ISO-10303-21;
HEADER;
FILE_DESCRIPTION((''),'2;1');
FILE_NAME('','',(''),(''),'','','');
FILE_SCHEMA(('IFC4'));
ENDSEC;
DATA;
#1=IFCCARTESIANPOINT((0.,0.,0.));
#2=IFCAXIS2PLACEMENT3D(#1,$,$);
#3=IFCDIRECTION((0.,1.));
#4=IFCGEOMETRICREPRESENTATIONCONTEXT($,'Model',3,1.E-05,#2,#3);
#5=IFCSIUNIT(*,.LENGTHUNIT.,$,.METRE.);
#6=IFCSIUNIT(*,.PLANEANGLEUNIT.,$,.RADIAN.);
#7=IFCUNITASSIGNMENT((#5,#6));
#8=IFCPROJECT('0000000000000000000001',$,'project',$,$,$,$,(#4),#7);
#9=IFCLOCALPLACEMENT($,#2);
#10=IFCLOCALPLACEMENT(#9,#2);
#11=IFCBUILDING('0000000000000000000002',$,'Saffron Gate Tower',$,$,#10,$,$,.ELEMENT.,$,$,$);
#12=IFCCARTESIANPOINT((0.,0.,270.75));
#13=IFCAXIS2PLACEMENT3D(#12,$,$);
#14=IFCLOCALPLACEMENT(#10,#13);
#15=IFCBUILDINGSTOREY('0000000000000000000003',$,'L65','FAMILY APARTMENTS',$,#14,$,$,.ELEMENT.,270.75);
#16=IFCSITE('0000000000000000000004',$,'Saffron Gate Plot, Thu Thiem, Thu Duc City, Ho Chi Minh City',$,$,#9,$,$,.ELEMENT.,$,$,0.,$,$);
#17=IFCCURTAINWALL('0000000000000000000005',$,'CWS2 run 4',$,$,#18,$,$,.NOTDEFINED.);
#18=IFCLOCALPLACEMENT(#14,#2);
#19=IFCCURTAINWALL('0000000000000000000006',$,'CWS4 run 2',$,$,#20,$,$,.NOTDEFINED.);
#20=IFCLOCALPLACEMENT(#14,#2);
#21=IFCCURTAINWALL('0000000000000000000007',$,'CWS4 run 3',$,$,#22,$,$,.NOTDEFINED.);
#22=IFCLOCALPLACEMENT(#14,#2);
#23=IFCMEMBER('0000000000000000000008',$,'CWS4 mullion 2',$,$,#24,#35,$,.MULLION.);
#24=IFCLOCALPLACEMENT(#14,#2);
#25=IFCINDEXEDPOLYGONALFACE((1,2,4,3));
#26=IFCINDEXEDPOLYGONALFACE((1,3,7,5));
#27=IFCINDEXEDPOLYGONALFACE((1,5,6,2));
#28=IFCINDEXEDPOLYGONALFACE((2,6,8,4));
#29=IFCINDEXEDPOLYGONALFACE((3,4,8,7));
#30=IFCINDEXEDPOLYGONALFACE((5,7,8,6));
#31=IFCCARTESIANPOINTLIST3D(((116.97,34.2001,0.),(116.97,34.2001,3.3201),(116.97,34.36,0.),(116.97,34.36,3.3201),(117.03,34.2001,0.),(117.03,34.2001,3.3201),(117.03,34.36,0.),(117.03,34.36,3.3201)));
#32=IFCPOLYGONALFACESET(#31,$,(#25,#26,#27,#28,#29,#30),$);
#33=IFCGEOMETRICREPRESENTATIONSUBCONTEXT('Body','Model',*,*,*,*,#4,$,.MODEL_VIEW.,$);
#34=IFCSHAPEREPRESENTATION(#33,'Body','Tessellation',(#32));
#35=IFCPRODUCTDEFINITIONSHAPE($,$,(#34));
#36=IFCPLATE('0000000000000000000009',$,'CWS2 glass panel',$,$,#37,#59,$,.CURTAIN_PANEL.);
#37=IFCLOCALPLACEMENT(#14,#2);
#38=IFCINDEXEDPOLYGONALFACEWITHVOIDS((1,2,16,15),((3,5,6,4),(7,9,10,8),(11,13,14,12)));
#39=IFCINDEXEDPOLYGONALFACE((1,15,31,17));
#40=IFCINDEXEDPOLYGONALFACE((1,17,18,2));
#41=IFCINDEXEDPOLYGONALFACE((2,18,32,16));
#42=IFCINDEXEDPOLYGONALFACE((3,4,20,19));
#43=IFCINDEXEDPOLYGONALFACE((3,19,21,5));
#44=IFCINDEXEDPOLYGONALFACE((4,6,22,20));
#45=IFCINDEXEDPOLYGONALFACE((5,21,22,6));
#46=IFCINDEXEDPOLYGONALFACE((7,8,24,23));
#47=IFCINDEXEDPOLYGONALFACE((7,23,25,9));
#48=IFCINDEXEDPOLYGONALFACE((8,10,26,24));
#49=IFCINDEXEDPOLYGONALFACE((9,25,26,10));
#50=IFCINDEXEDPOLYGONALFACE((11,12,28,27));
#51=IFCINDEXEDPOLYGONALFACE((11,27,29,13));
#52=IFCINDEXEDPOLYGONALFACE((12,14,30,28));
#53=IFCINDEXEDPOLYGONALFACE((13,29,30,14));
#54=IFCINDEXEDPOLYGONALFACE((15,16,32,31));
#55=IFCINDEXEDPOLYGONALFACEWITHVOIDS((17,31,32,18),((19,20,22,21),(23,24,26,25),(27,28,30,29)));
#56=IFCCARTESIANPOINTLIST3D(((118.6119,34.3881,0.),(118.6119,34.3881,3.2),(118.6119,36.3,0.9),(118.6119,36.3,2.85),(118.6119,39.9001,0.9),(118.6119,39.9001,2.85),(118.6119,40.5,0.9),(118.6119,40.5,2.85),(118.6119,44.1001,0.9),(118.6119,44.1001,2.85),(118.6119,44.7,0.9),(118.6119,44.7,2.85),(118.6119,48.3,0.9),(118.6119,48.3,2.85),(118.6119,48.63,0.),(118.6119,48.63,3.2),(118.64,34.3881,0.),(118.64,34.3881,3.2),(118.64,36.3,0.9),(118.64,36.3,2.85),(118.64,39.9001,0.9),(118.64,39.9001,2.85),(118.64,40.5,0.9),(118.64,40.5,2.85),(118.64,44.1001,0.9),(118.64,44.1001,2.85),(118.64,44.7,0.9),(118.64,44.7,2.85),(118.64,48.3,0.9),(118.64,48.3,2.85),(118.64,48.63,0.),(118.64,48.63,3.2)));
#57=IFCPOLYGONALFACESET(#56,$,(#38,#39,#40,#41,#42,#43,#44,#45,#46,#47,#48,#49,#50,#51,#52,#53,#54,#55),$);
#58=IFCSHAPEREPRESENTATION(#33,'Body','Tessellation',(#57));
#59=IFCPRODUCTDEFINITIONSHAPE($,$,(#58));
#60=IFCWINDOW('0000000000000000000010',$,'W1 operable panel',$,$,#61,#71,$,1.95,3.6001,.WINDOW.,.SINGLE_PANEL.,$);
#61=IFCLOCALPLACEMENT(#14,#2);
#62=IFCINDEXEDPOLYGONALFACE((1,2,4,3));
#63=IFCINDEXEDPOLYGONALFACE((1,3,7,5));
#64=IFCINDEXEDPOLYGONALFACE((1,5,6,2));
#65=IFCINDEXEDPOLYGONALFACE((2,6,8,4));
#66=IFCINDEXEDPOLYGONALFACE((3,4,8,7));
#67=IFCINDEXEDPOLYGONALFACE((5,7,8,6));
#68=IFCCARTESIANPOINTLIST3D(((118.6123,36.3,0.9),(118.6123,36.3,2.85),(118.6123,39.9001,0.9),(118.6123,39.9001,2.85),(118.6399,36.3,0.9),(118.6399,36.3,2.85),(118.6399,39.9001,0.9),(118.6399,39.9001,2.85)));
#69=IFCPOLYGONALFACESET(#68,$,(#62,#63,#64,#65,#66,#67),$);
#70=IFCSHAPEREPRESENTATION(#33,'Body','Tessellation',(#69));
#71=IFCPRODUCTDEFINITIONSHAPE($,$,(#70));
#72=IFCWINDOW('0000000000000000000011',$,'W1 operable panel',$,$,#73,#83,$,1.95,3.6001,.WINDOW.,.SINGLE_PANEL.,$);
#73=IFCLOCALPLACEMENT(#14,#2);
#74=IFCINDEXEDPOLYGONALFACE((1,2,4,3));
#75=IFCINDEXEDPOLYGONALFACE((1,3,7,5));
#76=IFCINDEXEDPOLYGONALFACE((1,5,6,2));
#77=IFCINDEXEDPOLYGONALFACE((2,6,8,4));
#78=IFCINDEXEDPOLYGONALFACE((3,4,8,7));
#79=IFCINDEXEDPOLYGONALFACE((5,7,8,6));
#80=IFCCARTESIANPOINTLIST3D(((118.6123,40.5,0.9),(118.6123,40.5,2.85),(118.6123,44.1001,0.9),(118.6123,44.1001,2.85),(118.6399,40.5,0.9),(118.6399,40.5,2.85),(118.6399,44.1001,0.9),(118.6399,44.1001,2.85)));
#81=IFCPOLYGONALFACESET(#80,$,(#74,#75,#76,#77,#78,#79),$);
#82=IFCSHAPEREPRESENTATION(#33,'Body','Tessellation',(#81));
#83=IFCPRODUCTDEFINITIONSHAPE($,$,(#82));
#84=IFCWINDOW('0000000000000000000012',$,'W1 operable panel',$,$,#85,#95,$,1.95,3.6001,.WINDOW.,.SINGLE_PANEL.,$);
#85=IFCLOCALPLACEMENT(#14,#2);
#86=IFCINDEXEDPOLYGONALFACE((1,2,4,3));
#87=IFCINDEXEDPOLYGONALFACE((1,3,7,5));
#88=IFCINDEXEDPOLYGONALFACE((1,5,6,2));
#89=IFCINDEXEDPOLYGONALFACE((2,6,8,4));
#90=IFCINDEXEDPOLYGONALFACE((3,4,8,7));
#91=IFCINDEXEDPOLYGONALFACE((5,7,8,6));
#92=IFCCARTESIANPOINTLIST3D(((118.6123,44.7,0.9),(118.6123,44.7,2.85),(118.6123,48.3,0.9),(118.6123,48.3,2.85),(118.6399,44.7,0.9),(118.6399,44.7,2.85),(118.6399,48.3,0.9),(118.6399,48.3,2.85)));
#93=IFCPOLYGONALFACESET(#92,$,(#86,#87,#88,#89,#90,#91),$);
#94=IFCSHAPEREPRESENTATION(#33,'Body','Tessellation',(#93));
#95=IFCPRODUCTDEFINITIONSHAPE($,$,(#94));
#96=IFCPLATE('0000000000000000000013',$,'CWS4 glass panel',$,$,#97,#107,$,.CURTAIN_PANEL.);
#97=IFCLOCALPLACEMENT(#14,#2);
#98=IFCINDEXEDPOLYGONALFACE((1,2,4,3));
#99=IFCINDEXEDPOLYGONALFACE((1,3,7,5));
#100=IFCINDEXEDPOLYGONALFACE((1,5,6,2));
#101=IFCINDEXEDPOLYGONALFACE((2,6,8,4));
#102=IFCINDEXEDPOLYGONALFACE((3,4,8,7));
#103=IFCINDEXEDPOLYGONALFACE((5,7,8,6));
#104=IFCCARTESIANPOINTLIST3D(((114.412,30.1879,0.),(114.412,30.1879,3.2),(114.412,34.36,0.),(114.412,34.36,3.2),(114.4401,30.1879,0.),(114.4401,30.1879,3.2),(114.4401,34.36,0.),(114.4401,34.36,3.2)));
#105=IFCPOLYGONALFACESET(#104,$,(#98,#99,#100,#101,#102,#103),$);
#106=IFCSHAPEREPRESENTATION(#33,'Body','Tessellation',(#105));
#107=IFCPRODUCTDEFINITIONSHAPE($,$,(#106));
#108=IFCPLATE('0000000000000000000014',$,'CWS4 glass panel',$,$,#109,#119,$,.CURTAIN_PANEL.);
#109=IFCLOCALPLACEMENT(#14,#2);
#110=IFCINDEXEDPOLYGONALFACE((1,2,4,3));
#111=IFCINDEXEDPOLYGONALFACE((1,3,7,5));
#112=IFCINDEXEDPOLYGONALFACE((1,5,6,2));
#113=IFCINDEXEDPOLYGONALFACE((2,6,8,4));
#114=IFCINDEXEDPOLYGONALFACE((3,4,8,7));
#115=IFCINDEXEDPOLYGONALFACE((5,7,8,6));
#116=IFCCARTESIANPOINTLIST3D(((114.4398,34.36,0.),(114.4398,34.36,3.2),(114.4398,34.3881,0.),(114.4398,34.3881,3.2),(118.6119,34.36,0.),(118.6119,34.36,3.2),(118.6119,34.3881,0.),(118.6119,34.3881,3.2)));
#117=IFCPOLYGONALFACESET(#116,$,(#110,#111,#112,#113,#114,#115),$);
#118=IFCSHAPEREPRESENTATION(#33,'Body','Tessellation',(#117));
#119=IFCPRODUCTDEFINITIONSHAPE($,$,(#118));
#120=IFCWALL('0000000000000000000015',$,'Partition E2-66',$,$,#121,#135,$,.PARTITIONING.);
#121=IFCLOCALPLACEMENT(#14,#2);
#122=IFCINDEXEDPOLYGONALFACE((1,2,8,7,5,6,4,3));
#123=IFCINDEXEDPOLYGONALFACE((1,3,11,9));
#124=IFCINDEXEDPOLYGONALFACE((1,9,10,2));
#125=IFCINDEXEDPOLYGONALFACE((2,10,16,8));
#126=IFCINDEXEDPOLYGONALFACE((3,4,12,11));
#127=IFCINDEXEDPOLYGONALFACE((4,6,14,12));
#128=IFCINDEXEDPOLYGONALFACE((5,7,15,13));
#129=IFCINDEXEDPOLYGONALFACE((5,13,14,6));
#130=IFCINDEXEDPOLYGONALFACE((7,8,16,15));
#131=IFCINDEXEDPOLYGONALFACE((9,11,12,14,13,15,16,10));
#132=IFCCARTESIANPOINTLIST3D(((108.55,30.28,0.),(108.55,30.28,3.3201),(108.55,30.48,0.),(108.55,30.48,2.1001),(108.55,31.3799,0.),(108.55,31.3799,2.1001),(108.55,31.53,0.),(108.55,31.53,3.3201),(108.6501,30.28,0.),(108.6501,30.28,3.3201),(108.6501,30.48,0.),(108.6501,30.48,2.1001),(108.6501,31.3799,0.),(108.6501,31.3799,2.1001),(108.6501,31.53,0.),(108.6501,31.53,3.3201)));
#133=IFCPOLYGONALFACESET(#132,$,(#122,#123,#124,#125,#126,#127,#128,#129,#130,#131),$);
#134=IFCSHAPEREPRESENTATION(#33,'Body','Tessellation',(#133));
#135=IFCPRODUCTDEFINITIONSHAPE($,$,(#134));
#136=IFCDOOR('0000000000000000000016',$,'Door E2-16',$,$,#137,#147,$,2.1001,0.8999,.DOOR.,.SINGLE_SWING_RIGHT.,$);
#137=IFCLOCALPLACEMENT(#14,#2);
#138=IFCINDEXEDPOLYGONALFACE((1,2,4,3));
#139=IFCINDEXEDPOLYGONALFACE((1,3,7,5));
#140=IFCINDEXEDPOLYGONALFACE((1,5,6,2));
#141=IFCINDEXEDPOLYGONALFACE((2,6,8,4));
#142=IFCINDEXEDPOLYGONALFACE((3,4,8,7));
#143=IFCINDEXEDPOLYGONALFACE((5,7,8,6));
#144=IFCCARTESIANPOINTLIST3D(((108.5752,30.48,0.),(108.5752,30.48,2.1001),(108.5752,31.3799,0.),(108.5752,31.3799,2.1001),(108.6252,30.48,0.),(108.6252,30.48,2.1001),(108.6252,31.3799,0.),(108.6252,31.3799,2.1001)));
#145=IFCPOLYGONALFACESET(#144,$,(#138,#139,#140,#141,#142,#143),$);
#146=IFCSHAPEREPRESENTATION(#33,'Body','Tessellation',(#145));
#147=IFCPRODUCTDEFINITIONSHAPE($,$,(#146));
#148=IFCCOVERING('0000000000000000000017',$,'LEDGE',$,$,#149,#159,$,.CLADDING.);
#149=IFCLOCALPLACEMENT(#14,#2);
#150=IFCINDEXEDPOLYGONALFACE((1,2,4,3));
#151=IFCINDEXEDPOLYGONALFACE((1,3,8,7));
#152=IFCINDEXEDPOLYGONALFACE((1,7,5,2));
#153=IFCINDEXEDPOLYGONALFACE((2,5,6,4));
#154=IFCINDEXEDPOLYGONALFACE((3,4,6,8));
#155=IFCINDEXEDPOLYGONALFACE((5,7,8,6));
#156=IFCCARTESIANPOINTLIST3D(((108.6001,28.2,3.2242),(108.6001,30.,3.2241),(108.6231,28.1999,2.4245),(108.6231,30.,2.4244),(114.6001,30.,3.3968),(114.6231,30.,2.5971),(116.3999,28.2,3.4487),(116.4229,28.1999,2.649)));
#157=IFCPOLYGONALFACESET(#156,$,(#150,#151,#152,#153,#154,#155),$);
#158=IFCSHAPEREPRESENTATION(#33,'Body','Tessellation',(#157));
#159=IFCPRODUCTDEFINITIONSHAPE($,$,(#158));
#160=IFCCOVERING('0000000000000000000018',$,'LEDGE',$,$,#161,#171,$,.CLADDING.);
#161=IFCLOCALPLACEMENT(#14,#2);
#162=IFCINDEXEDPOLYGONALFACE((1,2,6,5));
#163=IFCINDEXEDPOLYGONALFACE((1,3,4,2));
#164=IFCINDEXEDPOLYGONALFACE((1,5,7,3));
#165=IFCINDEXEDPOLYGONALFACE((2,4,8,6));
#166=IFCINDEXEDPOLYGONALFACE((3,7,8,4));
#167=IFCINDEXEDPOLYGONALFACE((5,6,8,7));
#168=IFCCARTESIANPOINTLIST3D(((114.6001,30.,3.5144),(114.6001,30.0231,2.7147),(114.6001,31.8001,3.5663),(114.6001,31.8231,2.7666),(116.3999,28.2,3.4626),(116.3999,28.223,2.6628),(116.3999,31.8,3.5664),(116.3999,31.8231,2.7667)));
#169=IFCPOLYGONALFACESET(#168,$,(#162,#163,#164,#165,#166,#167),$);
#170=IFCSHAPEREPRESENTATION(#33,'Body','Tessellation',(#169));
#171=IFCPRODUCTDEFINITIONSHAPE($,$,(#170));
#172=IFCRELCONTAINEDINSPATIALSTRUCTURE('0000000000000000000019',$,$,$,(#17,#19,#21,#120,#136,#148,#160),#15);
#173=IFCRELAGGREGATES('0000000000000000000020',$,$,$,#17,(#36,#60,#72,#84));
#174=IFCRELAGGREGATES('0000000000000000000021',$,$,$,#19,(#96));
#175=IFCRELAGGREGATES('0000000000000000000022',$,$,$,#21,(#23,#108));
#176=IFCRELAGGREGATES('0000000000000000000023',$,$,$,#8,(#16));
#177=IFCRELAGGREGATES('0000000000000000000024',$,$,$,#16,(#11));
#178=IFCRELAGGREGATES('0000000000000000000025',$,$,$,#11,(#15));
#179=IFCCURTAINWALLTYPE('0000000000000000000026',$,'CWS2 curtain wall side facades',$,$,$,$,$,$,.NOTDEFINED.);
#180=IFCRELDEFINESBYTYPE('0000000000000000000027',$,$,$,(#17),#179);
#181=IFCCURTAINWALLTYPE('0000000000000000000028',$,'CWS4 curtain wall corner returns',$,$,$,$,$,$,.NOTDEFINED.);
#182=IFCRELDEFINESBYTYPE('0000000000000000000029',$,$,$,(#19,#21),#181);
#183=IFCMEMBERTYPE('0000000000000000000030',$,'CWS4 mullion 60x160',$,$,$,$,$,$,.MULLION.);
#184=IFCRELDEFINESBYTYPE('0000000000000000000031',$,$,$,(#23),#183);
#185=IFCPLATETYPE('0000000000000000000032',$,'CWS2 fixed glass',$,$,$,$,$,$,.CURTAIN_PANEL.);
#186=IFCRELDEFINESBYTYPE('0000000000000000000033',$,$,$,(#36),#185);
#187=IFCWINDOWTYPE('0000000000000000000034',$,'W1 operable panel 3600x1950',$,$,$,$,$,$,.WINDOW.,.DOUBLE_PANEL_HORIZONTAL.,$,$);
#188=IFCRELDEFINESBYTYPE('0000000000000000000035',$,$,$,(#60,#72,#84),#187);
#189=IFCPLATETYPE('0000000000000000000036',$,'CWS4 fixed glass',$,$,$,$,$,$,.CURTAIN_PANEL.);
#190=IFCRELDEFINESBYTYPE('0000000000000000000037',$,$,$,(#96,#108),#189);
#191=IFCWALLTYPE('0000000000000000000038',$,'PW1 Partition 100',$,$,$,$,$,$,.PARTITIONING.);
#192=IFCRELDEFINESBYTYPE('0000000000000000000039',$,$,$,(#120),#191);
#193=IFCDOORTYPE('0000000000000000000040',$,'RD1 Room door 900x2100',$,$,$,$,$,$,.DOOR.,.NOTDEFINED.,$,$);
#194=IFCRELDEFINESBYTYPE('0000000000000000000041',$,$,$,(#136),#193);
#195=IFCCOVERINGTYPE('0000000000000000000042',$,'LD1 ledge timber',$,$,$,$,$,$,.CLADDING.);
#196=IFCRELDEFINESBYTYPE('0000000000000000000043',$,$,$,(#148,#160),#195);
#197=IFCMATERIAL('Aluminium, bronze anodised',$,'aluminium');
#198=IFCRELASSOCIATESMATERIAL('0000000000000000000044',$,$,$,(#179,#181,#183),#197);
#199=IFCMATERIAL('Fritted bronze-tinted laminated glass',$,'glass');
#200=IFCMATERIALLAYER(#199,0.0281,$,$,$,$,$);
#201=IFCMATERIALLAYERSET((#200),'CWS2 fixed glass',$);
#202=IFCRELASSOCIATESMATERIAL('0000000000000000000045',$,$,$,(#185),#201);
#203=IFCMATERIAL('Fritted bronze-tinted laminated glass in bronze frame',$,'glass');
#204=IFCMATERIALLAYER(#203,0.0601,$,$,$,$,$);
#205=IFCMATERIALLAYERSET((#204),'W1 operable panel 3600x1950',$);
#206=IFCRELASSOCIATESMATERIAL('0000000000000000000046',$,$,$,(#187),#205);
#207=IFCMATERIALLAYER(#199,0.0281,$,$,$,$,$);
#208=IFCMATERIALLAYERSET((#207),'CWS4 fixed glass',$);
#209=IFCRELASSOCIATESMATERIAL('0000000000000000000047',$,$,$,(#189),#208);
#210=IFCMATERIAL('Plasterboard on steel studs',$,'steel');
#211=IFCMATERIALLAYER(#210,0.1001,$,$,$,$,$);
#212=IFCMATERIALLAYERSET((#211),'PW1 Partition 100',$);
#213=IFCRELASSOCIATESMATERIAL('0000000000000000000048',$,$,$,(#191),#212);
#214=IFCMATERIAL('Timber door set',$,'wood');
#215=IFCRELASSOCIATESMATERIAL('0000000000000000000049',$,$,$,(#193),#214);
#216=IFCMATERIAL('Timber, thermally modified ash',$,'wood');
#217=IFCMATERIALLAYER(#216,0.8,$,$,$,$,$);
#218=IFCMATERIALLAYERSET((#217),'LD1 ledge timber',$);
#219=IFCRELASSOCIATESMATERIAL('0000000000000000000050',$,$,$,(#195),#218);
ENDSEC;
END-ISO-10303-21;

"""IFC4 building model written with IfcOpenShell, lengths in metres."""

from ifc_helpers import new_model, si_unit, direction, frame, frame_2d, origin, origin_2d, place, context, subcontext, project, spatial, polyline, rectangle, outline, extrude, material, layer, layer_set, material_profile, profile_set, type_object, element, fill, aggregate, save


model = new_model("IFC4")

# Units and contexts
model_context = context("Model", 3, precision=1e-05, world=origin(), true_north=direction((0.0, 1.0)))
body_context = subcontext(model_context, "Body", "Model", "MODEL_VIEW")
ifc_project = project(units=[si_unit("LENGTHUNIT", "METRE"), si_unit("PLANEANGLEUNIT", "RADIAN")], contexts=[model_context])

# Site, building, storey
site_placement = place(None, origin())
site = spatial("IfcSite", under=ifc_project, at=site_placement, Name="Saffron Gate Plot, Thu Thiem, Thu Duc City, Ho Chi Minh City", CompositionType="ELEMENT", RefElevation=0.0)
building_placement = place(site_placement, origin())
building = spatial("IfcBuilding", under=site, at=building_placement, Name="Saffron Gate Tower", CompositionType="ELEMENT")
storey_placement = place(building_placement, frame((0.0, 0.0, 270.75)))
storey = spatial("IfcBuildingStorey", under=building, at=storey_placement, Name="L65", Description="FAMILY APARTMENTS", CompositionType="ELEMENT", Elevation=270.75)

# Curtain wall
ifc_material_1 = material(Name="Aluminium, bronze anodised", Category="aluminium")
curtain_wall_type_1 = type_object("IfcCurtainWallType", Name="CWS2 curtain wall side facades", PredefinedType="NOTDEFINED", material=ifc_material_1)
curtain_wall_1_placement = place(storey_placement, origin())
curtain_wall_1 = element("IfcCurtainWall", 1, at=curtain_wall_1_placement, inside=storey, type_object=curtain_wall_type_1, Name="CWS2 run 4", PredefinedType="NOTDEFINED")

# Curtain walls, member
curtain_wall_type_2 = type_object("IfcCurtainWallType", Name="CWS4 curtain wall corner returns", PredefinedType="NOTDEFINED", material=ifc_material_1)
curtain_wall_2_placement = place(storey_placement, origin())
curtain_wall_2 = element("IfcCurtainWall", 2, at=curtain_wall_2_placement, inside=storey, type_object=curtain_wall_type_2, Name="CWS4 run 2", PredefinedType="NOTDEFINED")
ifc_material_profile_1 = material_profile(ifc_material_1, rectangle(XDim=0.1599, YDim=0.0601, at=origin_2d()))
ifc_profile_set_1 = profile_set([ifc_material_profile_1], Name="Aluminium, bronze anodised")
member_type_1 = type_object("IfcMemberType", Name="CWS4 mullion 60x160", PredefinedType="MULLION", material=ifc_profile_set_1)
curtain_wall_3_placement = place(storey_placement, origin())
curtain_wall_3 = element("IfcCurtainWall", 3, at=curtain_wall_3_placement, inside=storey, type_object=curtain_wall_type_2, Name="CWS4 run 3", PredefinedType="NOTDEFINED")
member_1_placement = place(storey_placement, frame((117.0, 34.28, 0.0), z_axis=(0.0, 0.0, 1.0), x_axis=(0.0, 1.0, 0.0)))
member_1 = element("IfcMember", 4, at=member_1_placement, type_object=member_type_1, Name="CWS4 mullion 2", PredefinedType="MULLION", context=body_context, shape_type="SweptSolid", body=[
    extrude(rectangle(XDim=0.1599, YDim=0.0601, at=origin_2d()), origin(), (0.0, 0.0, 1.0), 3.3201),
])

# Plate, openings, windows
ifc_material_2 = material(Name="Fritted bronze-tinted laminated glass", Category="glass")
ifc_layer_1 = layer(ifc_material_2, 0.0281)
ifc_layer_set_1 = layer_set([ifc_layer_1], Name="CWS2 fixed glass")
plate_type_1 = type_object("IfcPlateType", Name="CWS2 fixed glass", PredefinedType="CURTAIN_PANEL", material=ifc_layer_set_1)
plate_1_placement = place(storey_placement, frame((118.626, 34.3879, 0.0), z_axis=(0.0, 0.0, 1.0), x_axis=(0.0, 1.0, 0.0)))
plate_1 = element("IfcPlate", 5, at=plate_1_placement, type_object=plate_type_1, Name="CWS2 glass panel", PredefinedType="CURTAIN_PANEL", context=body_context, shape_type="SweptSolid", body=[
    extrude(rectangle(XDim=14.2419, YDim=0.0281, at=frame_2d((7.1211, 0.0))), origin(), (0.0, 0.0, 1.0), 3.2),
])
opening_1_placement = place(plate_1_placement, frame((1.9121, 0.0, 0.8999)))
opening_1 = element("IfcOpeningElement", 6, at=opening_1_placement, cuts=plate_1, PredefinedType="OPENING", context=body_context, shape_type="SweptSolid", body=[
    extrude(rectangle(XDim=3.6001, YDim=1.95, at=frame_2d((1.8, 0.9751))), frame((0.0, 0.0239, 0.0), z_axis=(0.0, -1.0, 0.0), x_axis=(1.0, 0.0, 0.0)), (0.0, 0.0, 1.0), 0.0481),
])
opening_2_placement = place(plate_1_placement, frame((6.1121, 0.0, 0.8999)))
opening_2 = element("IfcOpeningElement", 7, at=opening_2_placement, cuts=plate_1, PredefinedType="OPENING", context=body_context, shape_type="SweptSolid", body=[
    extrude(rectangle(XDim=3.6001, YDim=1.95, at=frame_2d((1.8, 0.9751))), frame((0.0, 0.0239, 0.0), z_axis=(0.0, -1.0, 0.0), x_axis=(1.0, 0.0, 0.0)), (0.0, 0.0, 1.0), 0.0481),
])
opening_3_placement = place(plate_1_placement, frame((10.312, 0.0, 0.8999)))
opening_3 = element("IfcOpeningElement", 8, at=opening_3_placement, cuts=plate_1, PredefinedType="OPENING", context=body_context, shape_type="SweptSolid", body=[
    extrude(rectangle(XDim=3.6001, YDim=1.95, at=frame_2d((1.8, 0.9751))), frame((0.0, 0.0239, 0.0), z_axis=(0.0, -1.0, 0.0), x_axis=(1.0, 0.0, 0.0)), (0.0, 0.0, 1.0), 0.0481),
])
ifc_material_3 = material(Name="Fritted bronze-tinted laminated glass in bronze frame", Category="glass")
ifc_layer_2 = layer(ifc_material_3, 0.0601)
ifc_layer_set_2 = layer_set([ifc_layer_2], Name="W1 operable panel 3600x1950")
window_type = type_object("IfcWindowType", Name="W1 operable panel 3600x1950", PartitioningType="DOUBLE_PANEL_HORIZONTAL", PredefinedType="WINDOW", material=ifc_layer_set_2)
window_1_placement = place(opening_1_placement, origin())
window_1 = element("IfcWindow", 9, at=window_1_placement, type_object=window_type, Name="W1 operable panel", OverallHeight=1.95, OverallWidth=3.6001, PartitioningType="SINGLE_PANEL", PredefinedType="WINDOW", context=body_context, shape_type="SweptSolid", body=[
    extrude(rectangle(XDim=3.6001, YDim=1.95, at=frame_2d((1.8, 0.9751))), frame((0.0, 0.0137, 0.0), z_axis=(0.0, -1.0, 0.0), x_axis=(1.0, 0.0, 0.0)), (0.0, 0.0, 1.0), 0.0276),
])
fill(opening_1, window_1)
window_2_placement = place(opening_2_placement, origin())
window_2 = element("IfcWindow", 10, at=window_2_placement, type_object=window_type, Name="W1 operable panel", OverallHeight=1.95, OverallWidth=3.6001, PartitioningType="SINGLE_PANEL", PredefinedType="WINDOW", context=body_context, shape_type="SweptSolid", body=[
    extrude(rectangle(XDim=3.6001, YDim=1.95, at=frame_2d((1.8, 0.9751))), frame((0.0, 0.0137, 0.0), z_axis=(0.0, -1.0, 0.0), x_axis=(1.0, 0.0, 0.0)), (0.0, 0.0, 1.0), 0.0276),
])
fill(opening_2, window_2)
window_3_placement = place(opening_3_placement, origin())
window_3 = element("IfcWindow", 11, at=window_3_placement, type_object=window_type, Name="W1 operable panel", OverallHeight=1.95, OverallWidth=3.6001, PartitioningType="SINGLE_PANEL", PredefinedType="WINDOW", context=body_context, shape_type="SweptSolid", body=[
    extrude(rectangle(XDim=3.6001, YDim=1.95, at=frame_2d((1.8, 0.9751))), frame((0.0, 0.0137, 0.0), z_axis=(0.0, -1.0, 0.0), x_axis=(1.0, 0.0, 0.0)), (0.0, 0.0, 1.0), 0.0276),
])
fill(opening_3, window_3)
aggregate(curtain_wall_1, [plate_1, window_1, window_2, window_3])

# Plates
ifc_layer_3 = layer(ifc_material_2, 0.0281)
ifc_layer_set_3 = layer_set([ifc_layer_3], Name="CWS4 fixed glass")
plate_type_2 = type_object("IfcPlateType", Name="CWS4 fixed glass", PredefinedType="CURTAIN_PANEL", material=ifc_layer_set_3)
plate_2_placement = place(storey_placement, frame((114.426, 30.188, 0.0), z_axis=(0.0, 0.0, 1.0), x_axis=(0.0, 1.0, 0.0)))
plate_2 = element("IfcPlate", 12, at=plate_2_placement, type_object=plate_type_2, Name="CWS4 glass panel", PredefinedType="CURTAIN_PANEL", context=body_context, shape_type="SweptSolid", body=[
    extrude(rectangle(XDim=4.1721, YDim=0.0281, at=frame_2d((2.0859, 0.0))), origin(), (0.0, 0.0, 1.0), 3.2),
])
aggregate(curtain_wall_2, [plate_2])
plate_3_placement = place(storey_placement, frame((114.4399, 34.374, 0.0), z_axis=(0.0, 0.0, 1.0), x_axis=(1.0, 0.0, 0.0)))
plate_3 = element("IfcPlate", 13, at=plate_3_placement, type_object=plate_type_2, Name="CWS4 glass panel", PredefinedType="CURTAIN_PANEL", context=body_context, shape_type="SweptSolid", body=[
    extrude(rectangle(XDim=4.1721, YDim=0.0281, at=frame_2d((2.0859, 0.0))), origin(), (0.0, 0.0, 1.0), 3.2),
])
aggregate(curtain_wall_3, [member_1, plate_3])

# Wall, opening, door
ifc_material_4 = material(Name="Plasterboard on steel studs", Category="steel")
ifc_layer_4 = layer(ifc_material_4, 0.1001)
ifc_layer_set_4 = layer_set([ifc_layer_4], Name="PW1 Partition 100")
wall_type = type_object("IfcWallType", Name="PW1 Partition 100", PredefinedType="PARTITIONING", material=ifc_layer_set_4)
wall_placement = place(storey_placement, frame((108.6001, 30.28, 0.0), z_axis=(0.0, 0.0, 1.0), x_axis=(0.0, 1.0, 0.0)))
wall = element("IfcWall", 14, at=wall_placement, inside=storey, type_object=wall_type, Name="Partition E2-66", PredefinedType="PARTITIONING", context=body_context, shape_type="SweptSolid", body=[
    extrude(rectangle(XDim=1.25, YDim=0.1001, at=frame_2d((0.625, 0.0))), origin(), (0.0, 0.0, 1.0), 3.3201),
])
opening_4_placement = place(wall_placement, frame((0.2, 0.0, 0.0)))
opening_4 = element("IfcOpeningElement", 15, at=opening_4_placement, cuts=wall, PredefinedType="OPENING", context=body_context, shape_type="SweptSolid", body=[
    extrude(rectangle(XDim=0.8999, YDim=2.1001, at=frame_2d((0.45, 1.05))), frame((0.0, 0.0601, 0.0), z_axis=(0.0, -1.0, 0.0), x_axis=(1.0, 0.0, 0.0)), (0.0, 0.0, 1.0), 0.1201),
])
ifc_material_5 = material(Name="Timber door set", Category="wood")
door_type = type_object("IfcDoorType", Name="RD1 Room door 900x2100", OperationType="NOTDEFINED", PredefinedType="DOOR", material=ifc_material_5)
door_placement = place(opening_4_placement, origin())
door = element("IfcDoor", 16, at=door_placement, inside=storey, type_object=door_type, Name="Door E2-16", OperationType="SINGLE_SWING_RIGHT", OverallHeight=2.1001, OverallWidth=0.8999, PredefinedType="DOOR", context=body_context, shape_type="SweptSolid", body=[
    extrude(rectangle(XDim=0.8999, YDim=2.1001, at=frame_2d((0.45, 1.05))), frame((0.0, 0.0249, 0.0), z_axis=(0.0, -1.0, 0.0), x_axis=(1.0, 0.0, 0.0)), (0.0, 0.0, 1.0), 0.05),
])
fill(opening_4, door)

# Coverings
ifc_material_6 = material(Name="Timber, thermally modified ash", Category="wood")
ifc_layer_5 = layer(ifc_material_6, 0.8)
ifc_layer_set_5 = layer_set([ifc_layer_5], Name="LD1 ledge timber")
covering_type_1 = type_object("IfcCoveringType", Name="LD1 ledge timber", PredefinedType="CLADDING", material=ifc_layer_set_5)
covering_1_placement = place(storey_placement, frame((108.6001, 30.0, 3.2241), z_axis=(-0.028772, 0.000054, 0.999586), x_axis=(0.999586, 0.0, 0.028772)))
element("IfcCovering", 17, at=covering_1_placement, inside=storey, type_object=covering_type_1, Name="LEDGE", PredefinedType="CLADDING", context=body_context, shape_type="SweptSolid", body=[
    extrude(outline(polyline([(0.0, 0.0), (6.0025, 0.0), (7.803, -1.8), (0.0, -1.8), (0.0, 0.0)])), origin(), (0.0, 0.0, -1.0), 0.8),
])
covering_2_placement = place(storey_placement, frame((114.6001, 30.0, 3.5144), z_axis=(-0.000045, -0.028832, 0.999584), x_axis=(0.0, 0.999584, 0.028832)))
element("IfcCovering", 18, at=covering_2_placement, inside=storey, type_object=covering_type_1, Name="LEDGE", PredefinedType="CLADDING", context=body_context, shape_type="SweptSolid", body=[
    extrude(outline(polyline([(0.0, 0.0), (1.8008, 0.0), (1.8008, -1.7998), (-1.8008, -1.7998), (0.0, 0.0)])), origin(), (0.0, 0.0, -1.0), 0.8),
])

save(model, "model.ifc")
